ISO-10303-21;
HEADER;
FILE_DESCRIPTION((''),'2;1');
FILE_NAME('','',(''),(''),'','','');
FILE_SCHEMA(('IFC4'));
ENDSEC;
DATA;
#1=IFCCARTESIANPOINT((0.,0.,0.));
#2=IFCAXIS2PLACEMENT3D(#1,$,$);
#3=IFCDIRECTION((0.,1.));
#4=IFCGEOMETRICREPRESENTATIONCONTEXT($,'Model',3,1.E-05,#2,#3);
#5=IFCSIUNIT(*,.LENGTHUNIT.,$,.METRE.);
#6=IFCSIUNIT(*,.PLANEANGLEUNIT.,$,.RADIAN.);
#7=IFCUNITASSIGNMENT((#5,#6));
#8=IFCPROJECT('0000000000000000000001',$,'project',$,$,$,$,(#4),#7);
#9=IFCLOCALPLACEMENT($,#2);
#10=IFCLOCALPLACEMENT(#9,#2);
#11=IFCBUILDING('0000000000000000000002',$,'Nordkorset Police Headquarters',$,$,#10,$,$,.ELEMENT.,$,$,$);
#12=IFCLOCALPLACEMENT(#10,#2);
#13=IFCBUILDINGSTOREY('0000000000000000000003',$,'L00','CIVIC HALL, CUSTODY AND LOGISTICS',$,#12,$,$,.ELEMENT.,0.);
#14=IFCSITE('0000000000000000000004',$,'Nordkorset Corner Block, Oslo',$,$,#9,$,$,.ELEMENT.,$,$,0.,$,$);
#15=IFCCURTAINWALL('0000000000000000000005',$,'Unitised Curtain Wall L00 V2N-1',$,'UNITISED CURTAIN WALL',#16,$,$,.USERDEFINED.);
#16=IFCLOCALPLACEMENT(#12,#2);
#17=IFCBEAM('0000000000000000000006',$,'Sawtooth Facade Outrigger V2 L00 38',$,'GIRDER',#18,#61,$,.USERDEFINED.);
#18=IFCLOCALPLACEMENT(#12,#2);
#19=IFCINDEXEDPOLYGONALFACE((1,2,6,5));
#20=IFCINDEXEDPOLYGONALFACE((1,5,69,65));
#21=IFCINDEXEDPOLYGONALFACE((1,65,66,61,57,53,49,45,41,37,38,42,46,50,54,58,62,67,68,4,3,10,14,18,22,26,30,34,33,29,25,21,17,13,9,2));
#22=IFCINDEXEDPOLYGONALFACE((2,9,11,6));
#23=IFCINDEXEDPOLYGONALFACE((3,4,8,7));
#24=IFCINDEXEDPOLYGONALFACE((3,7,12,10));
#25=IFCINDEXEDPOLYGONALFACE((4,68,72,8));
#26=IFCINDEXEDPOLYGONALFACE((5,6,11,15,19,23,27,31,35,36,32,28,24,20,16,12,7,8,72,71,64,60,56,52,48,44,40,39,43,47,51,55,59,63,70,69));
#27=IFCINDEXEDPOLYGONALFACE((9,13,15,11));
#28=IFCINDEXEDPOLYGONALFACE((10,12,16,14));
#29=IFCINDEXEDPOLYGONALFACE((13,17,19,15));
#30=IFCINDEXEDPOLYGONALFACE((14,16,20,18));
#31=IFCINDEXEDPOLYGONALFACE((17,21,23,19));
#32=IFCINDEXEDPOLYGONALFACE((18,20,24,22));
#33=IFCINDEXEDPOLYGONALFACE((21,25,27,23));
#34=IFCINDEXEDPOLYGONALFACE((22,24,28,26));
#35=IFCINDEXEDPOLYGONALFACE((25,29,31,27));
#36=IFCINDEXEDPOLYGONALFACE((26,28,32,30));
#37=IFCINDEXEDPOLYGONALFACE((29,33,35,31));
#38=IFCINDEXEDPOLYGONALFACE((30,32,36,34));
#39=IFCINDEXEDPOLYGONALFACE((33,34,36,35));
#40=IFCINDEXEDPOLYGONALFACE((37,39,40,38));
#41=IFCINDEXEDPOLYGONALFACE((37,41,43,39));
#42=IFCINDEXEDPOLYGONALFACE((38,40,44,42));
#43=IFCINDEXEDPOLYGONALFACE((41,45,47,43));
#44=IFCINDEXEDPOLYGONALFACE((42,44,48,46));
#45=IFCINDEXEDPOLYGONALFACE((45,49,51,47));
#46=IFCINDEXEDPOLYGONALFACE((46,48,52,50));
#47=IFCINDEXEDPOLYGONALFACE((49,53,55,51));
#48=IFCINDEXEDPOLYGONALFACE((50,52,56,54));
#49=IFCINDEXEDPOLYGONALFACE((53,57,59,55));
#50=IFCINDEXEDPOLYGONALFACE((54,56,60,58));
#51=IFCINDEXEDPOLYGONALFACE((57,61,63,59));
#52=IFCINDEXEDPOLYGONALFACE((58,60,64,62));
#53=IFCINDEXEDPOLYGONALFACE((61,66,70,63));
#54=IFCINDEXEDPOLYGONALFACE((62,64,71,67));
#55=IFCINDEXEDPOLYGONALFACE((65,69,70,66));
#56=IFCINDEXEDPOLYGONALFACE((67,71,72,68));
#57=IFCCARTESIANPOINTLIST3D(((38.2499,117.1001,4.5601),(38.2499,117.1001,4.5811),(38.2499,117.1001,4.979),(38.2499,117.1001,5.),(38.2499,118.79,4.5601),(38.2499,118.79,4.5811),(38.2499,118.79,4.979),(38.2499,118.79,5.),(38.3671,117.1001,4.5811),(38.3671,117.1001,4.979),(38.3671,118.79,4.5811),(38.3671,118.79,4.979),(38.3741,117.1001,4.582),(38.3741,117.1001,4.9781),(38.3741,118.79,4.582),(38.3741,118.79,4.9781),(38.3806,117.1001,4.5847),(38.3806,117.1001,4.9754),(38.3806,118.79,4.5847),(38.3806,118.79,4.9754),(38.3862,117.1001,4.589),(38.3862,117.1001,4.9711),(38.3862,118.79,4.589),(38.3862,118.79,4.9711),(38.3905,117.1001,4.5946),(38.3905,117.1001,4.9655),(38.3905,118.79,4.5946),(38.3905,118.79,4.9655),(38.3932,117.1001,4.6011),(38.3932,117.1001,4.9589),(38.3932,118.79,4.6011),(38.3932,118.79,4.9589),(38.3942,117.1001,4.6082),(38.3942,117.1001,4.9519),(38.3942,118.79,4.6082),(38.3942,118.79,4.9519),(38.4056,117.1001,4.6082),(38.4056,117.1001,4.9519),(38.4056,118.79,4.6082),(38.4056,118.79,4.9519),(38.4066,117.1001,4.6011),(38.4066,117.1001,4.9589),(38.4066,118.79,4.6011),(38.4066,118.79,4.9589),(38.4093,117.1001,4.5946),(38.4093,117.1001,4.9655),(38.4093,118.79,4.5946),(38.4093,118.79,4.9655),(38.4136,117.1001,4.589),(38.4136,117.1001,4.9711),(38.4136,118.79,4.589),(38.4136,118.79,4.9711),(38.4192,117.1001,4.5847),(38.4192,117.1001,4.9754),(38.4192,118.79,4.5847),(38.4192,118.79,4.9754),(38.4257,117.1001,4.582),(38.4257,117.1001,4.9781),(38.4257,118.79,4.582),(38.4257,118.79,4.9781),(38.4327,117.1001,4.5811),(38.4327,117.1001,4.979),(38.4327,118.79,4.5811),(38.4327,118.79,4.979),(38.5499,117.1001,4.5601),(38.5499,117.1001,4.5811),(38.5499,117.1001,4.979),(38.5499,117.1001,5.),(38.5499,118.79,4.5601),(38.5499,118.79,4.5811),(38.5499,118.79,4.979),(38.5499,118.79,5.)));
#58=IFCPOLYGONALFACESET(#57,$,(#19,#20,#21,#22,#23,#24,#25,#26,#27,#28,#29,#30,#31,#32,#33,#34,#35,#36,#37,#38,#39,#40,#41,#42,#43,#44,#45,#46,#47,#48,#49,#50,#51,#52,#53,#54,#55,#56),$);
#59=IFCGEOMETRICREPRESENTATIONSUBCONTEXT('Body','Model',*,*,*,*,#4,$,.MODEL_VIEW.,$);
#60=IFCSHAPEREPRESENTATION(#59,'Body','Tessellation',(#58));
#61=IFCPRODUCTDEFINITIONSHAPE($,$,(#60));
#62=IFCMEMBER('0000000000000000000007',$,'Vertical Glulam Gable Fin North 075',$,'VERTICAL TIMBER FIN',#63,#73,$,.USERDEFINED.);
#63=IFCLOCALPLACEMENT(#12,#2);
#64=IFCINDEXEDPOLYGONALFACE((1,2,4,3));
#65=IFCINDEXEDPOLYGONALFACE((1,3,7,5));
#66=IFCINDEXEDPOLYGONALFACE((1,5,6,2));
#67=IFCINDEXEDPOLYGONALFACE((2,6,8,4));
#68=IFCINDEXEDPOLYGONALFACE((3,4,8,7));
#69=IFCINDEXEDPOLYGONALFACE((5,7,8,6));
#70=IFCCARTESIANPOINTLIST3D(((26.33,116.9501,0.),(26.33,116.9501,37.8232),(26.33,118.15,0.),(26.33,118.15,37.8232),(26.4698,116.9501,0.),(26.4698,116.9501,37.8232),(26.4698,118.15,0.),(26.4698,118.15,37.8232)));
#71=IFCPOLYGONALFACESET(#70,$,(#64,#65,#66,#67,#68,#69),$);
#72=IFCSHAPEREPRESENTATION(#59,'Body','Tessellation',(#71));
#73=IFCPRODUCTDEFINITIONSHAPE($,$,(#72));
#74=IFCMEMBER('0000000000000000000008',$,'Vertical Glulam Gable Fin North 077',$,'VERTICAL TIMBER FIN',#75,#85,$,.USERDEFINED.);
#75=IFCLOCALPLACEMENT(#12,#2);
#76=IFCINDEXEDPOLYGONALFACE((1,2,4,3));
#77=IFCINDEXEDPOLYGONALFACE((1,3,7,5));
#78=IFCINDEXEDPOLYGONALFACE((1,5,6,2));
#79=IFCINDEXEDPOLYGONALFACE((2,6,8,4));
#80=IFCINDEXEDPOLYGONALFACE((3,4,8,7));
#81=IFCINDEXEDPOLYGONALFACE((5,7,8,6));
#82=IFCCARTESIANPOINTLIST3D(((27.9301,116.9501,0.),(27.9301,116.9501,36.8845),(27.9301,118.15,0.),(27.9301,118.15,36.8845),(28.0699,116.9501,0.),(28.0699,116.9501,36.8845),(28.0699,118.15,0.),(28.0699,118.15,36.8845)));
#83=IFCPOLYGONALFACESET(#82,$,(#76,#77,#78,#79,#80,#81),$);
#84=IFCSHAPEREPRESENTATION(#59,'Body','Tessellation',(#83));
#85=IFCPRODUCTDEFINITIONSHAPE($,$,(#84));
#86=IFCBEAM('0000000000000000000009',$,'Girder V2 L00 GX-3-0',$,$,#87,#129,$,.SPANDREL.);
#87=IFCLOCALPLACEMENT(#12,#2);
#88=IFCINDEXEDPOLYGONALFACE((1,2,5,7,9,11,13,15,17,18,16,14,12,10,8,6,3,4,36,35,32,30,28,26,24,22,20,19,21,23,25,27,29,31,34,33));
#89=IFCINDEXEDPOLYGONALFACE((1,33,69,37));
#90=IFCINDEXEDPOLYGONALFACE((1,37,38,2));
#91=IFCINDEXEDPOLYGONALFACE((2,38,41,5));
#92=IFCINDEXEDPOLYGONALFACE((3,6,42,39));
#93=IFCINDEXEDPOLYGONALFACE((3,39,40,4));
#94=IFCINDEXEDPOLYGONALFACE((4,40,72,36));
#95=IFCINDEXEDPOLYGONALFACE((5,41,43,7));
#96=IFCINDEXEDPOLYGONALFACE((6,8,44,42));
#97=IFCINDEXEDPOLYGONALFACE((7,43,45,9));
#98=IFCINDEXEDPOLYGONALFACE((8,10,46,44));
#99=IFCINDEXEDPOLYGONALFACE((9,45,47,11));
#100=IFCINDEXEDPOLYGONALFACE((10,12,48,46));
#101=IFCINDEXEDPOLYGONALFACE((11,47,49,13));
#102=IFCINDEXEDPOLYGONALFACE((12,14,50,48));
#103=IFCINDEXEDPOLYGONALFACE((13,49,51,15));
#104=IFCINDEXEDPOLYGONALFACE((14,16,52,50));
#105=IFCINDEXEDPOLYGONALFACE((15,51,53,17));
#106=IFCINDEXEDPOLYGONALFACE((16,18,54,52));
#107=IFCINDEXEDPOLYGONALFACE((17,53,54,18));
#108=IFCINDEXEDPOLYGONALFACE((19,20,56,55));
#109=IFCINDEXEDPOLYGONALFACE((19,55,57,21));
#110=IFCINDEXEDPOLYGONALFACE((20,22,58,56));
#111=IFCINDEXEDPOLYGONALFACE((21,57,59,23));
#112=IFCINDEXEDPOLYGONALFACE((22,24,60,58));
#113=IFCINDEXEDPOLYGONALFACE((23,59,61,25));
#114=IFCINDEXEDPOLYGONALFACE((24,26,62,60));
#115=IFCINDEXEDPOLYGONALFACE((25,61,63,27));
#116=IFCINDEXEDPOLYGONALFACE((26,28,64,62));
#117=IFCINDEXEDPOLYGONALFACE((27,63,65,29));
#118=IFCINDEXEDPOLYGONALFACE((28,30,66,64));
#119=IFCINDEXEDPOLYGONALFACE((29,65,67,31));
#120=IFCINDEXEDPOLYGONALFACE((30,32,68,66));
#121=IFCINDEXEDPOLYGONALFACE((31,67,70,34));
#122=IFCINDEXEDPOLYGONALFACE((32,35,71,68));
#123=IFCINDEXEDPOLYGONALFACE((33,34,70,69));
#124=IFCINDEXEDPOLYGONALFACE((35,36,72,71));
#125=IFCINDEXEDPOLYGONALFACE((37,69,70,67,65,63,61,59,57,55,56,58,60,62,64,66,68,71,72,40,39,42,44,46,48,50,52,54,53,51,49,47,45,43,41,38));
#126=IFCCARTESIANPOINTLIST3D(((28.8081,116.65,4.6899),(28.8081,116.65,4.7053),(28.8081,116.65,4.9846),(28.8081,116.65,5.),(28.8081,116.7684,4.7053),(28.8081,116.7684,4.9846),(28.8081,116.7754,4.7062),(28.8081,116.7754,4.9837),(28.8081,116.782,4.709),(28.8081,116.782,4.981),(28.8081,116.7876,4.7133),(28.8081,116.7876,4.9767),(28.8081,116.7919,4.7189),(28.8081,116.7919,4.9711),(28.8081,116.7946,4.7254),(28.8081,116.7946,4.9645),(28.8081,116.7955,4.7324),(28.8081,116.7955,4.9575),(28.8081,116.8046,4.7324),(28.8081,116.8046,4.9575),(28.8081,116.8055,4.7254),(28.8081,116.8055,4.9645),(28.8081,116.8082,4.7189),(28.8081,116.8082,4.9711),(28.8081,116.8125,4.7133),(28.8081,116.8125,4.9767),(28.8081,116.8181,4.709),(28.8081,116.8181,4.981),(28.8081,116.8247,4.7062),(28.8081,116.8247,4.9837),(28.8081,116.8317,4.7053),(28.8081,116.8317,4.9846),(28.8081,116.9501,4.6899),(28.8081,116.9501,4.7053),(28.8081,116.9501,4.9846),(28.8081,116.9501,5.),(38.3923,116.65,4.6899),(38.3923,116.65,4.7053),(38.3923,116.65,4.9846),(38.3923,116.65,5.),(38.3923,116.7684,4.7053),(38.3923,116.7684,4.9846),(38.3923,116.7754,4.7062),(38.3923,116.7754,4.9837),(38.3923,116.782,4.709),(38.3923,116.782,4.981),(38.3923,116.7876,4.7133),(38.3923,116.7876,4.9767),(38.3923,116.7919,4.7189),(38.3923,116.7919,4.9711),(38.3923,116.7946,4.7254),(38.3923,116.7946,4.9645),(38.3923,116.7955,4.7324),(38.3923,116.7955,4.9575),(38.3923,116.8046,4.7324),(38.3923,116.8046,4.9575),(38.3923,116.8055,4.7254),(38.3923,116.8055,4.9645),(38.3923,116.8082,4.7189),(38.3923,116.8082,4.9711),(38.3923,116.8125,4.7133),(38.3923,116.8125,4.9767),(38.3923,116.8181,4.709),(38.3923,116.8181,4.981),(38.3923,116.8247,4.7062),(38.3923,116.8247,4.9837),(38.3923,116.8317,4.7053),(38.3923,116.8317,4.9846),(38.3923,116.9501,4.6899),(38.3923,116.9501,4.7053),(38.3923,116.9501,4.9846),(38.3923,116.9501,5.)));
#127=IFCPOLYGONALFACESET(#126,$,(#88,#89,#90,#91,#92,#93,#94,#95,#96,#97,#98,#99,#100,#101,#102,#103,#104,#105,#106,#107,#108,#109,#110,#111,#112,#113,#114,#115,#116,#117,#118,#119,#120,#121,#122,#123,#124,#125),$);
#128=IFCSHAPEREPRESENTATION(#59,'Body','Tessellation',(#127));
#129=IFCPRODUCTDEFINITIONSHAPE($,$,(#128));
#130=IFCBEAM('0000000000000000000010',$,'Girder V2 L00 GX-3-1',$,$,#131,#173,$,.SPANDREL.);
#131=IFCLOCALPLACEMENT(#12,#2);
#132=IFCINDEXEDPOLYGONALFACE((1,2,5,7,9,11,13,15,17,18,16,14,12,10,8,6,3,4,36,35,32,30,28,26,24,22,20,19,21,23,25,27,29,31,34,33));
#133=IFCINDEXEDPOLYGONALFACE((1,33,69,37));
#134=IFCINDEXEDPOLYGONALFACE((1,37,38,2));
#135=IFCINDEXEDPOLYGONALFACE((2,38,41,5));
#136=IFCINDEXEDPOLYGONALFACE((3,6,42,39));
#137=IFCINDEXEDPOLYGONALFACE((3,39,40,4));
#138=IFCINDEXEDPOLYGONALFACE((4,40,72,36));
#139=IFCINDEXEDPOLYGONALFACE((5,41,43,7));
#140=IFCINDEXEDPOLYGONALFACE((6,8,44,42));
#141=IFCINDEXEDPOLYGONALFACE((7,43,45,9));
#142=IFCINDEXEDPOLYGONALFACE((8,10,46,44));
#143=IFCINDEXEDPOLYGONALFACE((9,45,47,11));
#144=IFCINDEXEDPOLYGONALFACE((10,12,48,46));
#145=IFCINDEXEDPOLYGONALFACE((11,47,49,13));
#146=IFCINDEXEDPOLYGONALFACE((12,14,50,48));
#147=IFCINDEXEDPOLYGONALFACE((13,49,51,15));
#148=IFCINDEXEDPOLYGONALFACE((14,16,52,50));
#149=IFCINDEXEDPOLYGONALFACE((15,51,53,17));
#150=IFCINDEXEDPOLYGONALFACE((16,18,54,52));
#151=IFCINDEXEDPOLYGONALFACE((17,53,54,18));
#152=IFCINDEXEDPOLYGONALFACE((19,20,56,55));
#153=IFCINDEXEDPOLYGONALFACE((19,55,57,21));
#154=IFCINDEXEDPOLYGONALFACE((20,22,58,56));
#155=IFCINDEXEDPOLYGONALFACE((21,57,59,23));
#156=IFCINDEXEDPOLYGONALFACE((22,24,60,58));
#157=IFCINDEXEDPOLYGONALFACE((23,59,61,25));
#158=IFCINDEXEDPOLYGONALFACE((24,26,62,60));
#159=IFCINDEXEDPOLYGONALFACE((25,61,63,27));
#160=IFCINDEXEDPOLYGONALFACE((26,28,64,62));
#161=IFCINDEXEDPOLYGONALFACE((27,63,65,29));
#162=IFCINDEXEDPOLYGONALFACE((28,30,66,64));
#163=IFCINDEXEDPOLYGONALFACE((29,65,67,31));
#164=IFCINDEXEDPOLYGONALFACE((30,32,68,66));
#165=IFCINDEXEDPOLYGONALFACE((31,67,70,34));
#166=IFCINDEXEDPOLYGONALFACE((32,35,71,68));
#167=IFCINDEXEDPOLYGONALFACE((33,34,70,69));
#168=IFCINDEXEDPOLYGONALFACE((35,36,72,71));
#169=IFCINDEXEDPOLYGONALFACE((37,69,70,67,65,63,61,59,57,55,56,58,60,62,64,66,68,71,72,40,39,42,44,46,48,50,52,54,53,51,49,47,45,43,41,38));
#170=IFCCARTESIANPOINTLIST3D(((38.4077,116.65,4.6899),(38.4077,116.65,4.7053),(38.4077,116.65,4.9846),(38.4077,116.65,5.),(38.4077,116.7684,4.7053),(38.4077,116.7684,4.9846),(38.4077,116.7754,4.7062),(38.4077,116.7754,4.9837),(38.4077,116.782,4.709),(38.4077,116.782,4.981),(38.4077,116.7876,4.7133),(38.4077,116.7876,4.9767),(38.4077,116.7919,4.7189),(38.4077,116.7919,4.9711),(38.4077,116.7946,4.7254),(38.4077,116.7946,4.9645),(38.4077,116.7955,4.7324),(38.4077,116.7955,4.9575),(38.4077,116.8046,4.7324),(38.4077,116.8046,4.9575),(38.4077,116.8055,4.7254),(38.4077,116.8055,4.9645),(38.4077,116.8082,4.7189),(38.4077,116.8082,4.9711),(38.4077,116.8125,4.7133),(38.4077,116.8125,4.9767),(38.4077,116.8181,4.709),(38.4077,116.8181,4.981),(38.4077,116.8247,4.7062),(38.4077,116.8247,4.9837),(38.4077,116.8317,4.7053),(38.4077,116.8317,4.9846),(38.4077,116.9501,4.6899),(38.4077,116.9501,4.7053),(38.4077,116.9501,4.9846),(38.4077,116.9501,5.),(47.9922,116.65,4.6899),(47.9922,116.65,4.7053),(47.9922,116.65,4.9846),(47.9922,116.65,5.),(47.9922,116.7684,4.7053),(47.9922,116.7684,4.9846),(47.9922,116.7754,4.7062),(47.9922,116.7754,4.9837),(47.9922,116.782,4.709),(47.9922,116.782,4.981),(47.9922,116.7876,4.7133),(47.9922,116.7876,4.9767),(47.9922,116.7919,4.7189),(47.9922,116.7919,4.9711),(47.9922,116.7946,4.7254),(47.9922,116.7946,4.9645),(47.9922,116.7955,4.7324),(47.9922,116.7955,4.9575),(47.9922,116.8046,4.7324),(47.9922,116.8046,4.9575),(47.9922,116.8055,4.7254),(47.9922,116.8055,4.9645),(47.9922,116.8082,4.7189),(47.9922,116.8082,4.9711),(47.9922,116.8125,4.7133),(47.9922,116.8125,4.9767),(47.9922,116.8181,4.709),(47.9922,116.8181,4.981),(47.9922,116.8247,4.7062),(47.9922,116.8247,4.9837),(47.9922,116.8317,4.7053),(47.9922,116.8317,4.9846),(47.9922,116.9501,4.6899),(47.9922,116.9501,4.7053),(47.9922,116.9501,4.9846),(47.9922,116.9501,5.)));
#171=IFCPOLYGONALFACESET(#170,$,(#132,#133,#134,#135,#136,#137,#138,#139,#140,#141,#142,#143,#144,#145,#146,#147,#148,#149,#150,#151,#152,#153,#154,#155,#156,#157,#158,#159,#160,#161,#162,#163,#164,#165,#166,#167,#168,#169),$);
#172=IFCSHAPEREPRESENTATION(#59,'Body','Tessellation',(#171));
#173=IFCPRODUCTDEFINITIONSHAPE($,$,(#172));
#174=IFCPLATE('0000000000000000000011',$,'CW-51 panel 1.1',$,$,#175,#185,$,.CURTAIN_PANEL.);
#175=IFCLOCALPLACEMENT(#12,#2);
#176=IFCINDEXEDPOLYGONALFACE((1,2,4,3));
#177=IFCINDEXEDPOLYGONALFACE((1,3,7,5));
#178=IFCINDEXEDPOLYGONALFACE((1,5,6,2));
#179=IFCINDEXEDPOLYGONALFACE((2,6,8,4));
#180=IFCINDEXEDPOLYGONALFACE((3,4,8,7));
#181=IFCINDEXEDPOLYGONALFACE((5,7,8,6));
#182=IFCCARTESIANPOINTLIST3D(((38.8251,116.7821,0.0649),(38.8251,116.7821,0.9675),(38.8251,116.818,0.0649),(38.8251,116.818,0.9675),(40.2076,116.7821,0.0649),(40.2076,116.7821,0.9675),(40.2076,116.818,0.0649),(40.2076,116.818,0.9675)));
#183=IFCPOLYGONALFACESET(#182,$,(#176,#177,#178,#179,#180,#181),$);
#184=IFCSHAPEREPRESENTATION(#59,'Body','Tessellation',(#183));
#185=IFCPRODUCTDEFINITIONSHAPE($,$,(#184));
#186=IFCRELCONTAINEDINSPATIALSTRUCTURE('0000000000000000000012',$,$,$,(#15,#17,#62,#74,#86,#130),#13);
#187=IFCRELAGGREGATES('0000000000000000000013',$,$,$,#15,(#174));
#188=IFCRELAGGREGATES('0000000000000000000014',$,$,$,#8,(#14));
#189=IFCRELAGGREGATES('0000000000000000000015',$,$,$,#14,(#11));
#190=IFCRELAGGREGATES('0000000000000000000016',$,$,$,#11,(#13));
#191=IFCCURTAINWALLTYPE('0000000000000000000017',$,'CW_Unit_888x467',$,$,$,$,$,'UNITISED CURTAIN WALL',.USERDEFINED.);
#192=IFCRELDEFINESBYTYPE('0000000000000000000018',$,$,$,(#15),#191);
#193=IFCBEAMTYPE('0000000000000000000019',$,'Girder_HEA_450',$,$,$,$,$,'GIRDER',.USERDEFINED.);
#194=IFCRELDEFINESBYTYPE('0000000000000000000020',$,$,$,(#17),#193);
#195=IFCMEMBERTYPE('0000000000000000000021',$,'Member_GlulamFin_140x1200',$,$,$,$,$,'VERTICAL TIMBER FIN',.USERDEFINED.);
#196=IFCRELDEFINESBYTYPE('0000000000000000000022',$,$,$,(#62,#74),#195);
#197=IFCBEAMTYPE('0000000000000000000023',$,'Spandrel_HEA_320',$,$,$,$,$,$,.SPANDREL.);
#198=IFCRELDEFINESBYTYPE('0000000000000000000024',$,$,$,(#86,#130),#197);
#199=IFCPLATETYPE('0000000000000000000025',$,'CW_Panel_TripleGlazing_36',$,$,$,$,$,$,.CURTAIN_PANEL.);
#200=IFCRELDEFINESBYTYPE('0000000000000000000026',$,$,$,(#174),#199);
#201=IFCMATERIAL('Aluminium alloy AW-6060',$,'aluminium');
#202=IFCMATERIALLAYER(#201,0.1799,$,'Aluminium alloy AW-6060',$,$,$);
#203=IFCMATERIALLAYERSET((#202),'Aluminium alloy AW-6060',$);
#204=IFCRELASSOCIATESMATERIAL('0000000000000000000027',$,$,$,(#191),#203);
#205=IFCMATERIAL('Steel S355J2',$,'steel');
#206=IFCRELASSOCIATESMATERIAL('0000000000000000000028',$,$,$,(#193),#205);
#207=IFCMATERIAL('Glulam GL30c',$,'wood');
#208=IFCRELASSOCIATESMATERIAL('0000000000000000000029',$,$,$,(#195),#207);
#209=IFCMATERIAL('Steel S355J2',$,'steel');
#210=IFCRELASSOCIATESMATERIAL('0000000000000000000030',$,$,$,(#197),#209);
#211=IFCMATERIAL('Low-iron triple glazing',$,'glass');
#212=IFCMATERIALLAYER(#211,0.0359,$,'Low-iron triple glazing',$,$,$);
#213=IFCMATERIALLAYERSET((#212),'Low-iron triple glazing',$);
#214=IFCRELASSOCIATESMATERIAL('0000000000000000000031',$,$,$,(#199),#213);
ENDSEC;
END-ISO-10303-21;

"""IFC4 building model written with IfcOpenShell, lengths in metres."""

from ifc_helpers import new_model, si_unit, direction, frame, origin, origin_2d, place, context, subcontext, project, spatial, rectangle, i_section, extrude, material, layer, layer_set, material_profile, profile_set, type_object, element, aggregate, save


model = new_model("IFC4")

# Units and contexts
model_context = context("Model", 3, precision=1e-05, world=origin(), true_north=direction((0.0, 1.0)))
body_context = subcontext(model_context, "Body", "Model", "MODEL_VIEW")
ifc_project = project(units=[si_unit("LENGTHUNIT", "METRE"), si_unit("PLANEANGLEUNIT", "RADIAN")], contexts=[model_context])

# Site, building, storey
site_placement = place(None, origin())
site = spatial("IfcSite", under=ifc_project, at=site_placement, Name="Nordkorset Corner Block, Oslo", CompositionType="ELEMENT", RefElevation=0.0)
building_placement = place(site_placement, origin())
building = spatial("IfcBuilding", under=site, at=building_placement, Name="Nordkorset Police Headquarters", CompositionType="ELEMENT")
storey_placement = place(building_placement, origin())
storey = spatial("IfcBuildingStorey", under=building, at=storey_placement, Name="L00", Description="CIVIC HALL, CUSTODY AND LOGISTICS", CompositionType="ELEMENT", Elevation=0.0)

# Shared definitions
ifc_material_1 = material(Name="Aluminium alloy AW-6060", Category="aluminium")
ifc_layer_1 = layer(ifc_material_1, 0.1799, Name="Aluminium alloy AW-6060")
ifc_layer_set_1 = layer_set([ifc_layer_1], Name="Aluminium alloy AW-6060")
curtain_wall_type = type_object("IfcCurtainWallType", Name="CW_Unit_888x467", ElementType="UNITISED CURTAIN WALL", PredefinedType="USERDEFINED", material=ifc_layer_set_1)

# Curtain wall
curtain_wall_1_placement = place(storey_placement, origin())
curtain_wall_1 = element("IfcCurtainWall", 1, at=curtain_wall_1_placement, inside=storey, type_object=curtain_wall_type, Name="Unitised Curtain Wall L00 V2N-1", ObjectType="UNITISED CURTAIN WALL", PredefinedType="USERDEFINED")

# Beam
ifc_material_2 = material(Name="Steel S355J2", Category="steel")
ifc_material_profile_1 = material_profile(ifc_material_2, i_section(OverallWidth=0.3, OverallDepth=0.4399, WebThickness=0.0115, FlangeThickness=0.021, FilletRadius=0.0271, at=origin_2d()), Name="HEA 450")
ifc_profile_set_1 = profile_set([ifc_material_profile_1], Name="Steel S355J2")
beam_type_1 = type_object("IfcBeamType", Name="Girder_HEA_450", ElementType="GIRDER", PredefinedType="USERDEFINED", material=ifc_profile_set_1)
beam_1_placement = place(storey_placement, frame((38.3999, 117.1001, 4.78), z_axis=(0.0, 1.0, 0.0), x_axis=(-1.0, 0.0, 0.0)))
element("IfcBeam", 2, at=beam_1_placement, inside=storey, type_object=beam_type_1, Name="Sawtooth Facade Outrigger V2 L00 38", ObjectType="GIRDER", PredefinedType="USERDEFINED", context=body_context, shape_type="SweptSolid", body=[
    extrude(i_section(OverallWidth=0.3, OverallDepth=0.4399, WebThickness=0.0115, FlangeThickness=0.021, FilletRadius=0.0271, at=origin_2d()), origin(), (0.0, 0.0, 1.0), 1.6899),
])

# Members
ifc_material_3 = material(Name="Glulam GL30c", Category="wood")
ifc_material_profile_2 = material_profile(ifc_material_3, rectangle(XDim=0.1399, YDim=1.2, at=origin_2d()), Name="GL30C FIN 140x1200")
ifc_profile_set_2 = profile_set([ifc_material_profile_2], Name="Glulam GL30c")
member_type_1 = type_object("IfcMemberType", Name="Member_GlulamFin_140x1200", ElementType="VERTICAL TIMBER FIN", PredefinedType="USERDEFINED", material=ifc_profile_set_2)
member_1_placement = place(storey_placement, frame((26.3999, 117.55, 0.0), z_axis=(0.0, 0.0, 1.0), x_axis=(1.0, 0.0, 0.0)))
element("IfcMember", 3, at=member_1_placement, inside=storey, type_object=member_type_1, Name="Vertical Glulam Gable Fin North 075", ObjectType="VERTICAL TIMBER FIN", PredefinedType="USERDEFINED", context=body_context, shape_type="SweptSolid", body=[
    extrude(rectangle(XDim=0.1399, YDim=1.2, at=origin_2d()), origin(), (0.0, 0.0, 1.0), 37.8232),
])
member_2_placement = place(storey_placement, frame((28.0, 117.55, 0.0), z_axis=(0.0, 0.0, 1.0), x_axis=(1.0, 0.0, 0.0)))
element("IfcMember", 4, at=member_2_placement, inside=storey, type_object=member_type_1, Name="Vertical Glulam Gable Fin North 077", ObjectType="VERTICAL TIMBER FIN", PredefinedType="USERDEFINED", context=body_context, shape_type="SweptSolid", body=[
    extrude(rectangle(XDim=0.1399, YDim=1.2, at=origin_2d()), origin(), (0.0, 0.0, 1.0), 36.8845),
])

# Beams
ifc_material_4 = material(Name="Steel S355J2", Category="steel")
ifc_material_profile_3 = material_profile(ifc_material_4, i_section(OverallWidth=0.3, OverallDepth=0.3101, WebThickness=0.009, FlangeThickness=0.0154, FilletRadius=0.0271, at=origin_2d()), Name="HEA 320")
ifc_profile_set_3 = profile_set([ifc_material_profile_3], Name="Steel S355J2")
beam_type_2 = type_object("IfcBeamType", Name="Spandrel_HEA_320", PredefinedType="SPANDREL", material=ifc_profile_set_3)
beam_2_placement = place(storey_placement, frame((28.8081, 116.8, 4.845), z_axis=(1.0, 0.0, 0.0), x_axis=(0.0, 1.0, 0.0)))
element("IfcBeam", 5, at=beam_2_placement, inside=storey, type_object=beam_type_2, Name="Girder V2 L00 GX-3-0", PredefinedType="SPANDREL", context=body_context, shape_type="SweptSolid", body=[
    extrude(i_section(OverallWidth=0.3, OverallDepth=0.3101, WebThickness=0.009, FlangeThickness=0.0154, FilletRadius=0.0271, at=origin_2d()), origin(), (0.0, 0.0, 1.0), 9.5842),
])
beam_3_placement = place(storey_placement, frame((38.4077, 116.8, 4.845), z_axis=(1.0, 0.0, 0.0), x_axis=(0.0, 1.0, 0.0)))
element("IfcBeam", 6, at=beam_3_placement, inside=storey, type_object=beam_type_2, Name="Girder V2 L00 GX-3-1", PredefinedType="SPANDREL", context=body_context, shape_type="SweptSolid", body=[
    extrude(i_section(OverallWidth=0.3, OverallDepth=0.3101, WebThickness=0.009, FlangeThickness=0.0154, FilletRadius=0.0271, at=origin_2d()), origin(), (0.0, 0.0, 1.0), 9.5845),
])

# Plate
ifc_material_5 = material(Name="Low-iron triple glazing", Category="glass")
ifc_layer_2 = layer(ifc_material_5, 0.0359, Name="Low-iron triple glazing")
ifc_layer_set_2 = layer_set([ifc_layer_2], Name="Low-iron triple glazing")
plate_type_1 = type_object("IfcPlateType", Name="CW_Panel_TripleGlazing_36", PredefinedType="CURTAIN_PANEL", material=ifc_layer_set_2)
plate_1_placement = place(storey_placement, frame((39.5164, 116.8, 0.0649), z_axis=(0.0, 0.0, 1.0), x_axis=(1.0, 0.0, 0.0)))
plate_1 = element("IfcPlate", 7, at=plate_1_placement, type_object=plate_type_1, Name="CW-51 panel 1.1", PredefinedType="CURTAIN_PANEL", context=body_context, shape_type="SweptSolid", body=[
    extrude(rectangle(XDim=1.3826, YDim=0.0359, at=origin_2d()), origin(), (0.0, 0.0, 1.0), 0.9026),
])
aggregate(curtain_wall_1, [plate_1])

save(model, "model.ifc")
